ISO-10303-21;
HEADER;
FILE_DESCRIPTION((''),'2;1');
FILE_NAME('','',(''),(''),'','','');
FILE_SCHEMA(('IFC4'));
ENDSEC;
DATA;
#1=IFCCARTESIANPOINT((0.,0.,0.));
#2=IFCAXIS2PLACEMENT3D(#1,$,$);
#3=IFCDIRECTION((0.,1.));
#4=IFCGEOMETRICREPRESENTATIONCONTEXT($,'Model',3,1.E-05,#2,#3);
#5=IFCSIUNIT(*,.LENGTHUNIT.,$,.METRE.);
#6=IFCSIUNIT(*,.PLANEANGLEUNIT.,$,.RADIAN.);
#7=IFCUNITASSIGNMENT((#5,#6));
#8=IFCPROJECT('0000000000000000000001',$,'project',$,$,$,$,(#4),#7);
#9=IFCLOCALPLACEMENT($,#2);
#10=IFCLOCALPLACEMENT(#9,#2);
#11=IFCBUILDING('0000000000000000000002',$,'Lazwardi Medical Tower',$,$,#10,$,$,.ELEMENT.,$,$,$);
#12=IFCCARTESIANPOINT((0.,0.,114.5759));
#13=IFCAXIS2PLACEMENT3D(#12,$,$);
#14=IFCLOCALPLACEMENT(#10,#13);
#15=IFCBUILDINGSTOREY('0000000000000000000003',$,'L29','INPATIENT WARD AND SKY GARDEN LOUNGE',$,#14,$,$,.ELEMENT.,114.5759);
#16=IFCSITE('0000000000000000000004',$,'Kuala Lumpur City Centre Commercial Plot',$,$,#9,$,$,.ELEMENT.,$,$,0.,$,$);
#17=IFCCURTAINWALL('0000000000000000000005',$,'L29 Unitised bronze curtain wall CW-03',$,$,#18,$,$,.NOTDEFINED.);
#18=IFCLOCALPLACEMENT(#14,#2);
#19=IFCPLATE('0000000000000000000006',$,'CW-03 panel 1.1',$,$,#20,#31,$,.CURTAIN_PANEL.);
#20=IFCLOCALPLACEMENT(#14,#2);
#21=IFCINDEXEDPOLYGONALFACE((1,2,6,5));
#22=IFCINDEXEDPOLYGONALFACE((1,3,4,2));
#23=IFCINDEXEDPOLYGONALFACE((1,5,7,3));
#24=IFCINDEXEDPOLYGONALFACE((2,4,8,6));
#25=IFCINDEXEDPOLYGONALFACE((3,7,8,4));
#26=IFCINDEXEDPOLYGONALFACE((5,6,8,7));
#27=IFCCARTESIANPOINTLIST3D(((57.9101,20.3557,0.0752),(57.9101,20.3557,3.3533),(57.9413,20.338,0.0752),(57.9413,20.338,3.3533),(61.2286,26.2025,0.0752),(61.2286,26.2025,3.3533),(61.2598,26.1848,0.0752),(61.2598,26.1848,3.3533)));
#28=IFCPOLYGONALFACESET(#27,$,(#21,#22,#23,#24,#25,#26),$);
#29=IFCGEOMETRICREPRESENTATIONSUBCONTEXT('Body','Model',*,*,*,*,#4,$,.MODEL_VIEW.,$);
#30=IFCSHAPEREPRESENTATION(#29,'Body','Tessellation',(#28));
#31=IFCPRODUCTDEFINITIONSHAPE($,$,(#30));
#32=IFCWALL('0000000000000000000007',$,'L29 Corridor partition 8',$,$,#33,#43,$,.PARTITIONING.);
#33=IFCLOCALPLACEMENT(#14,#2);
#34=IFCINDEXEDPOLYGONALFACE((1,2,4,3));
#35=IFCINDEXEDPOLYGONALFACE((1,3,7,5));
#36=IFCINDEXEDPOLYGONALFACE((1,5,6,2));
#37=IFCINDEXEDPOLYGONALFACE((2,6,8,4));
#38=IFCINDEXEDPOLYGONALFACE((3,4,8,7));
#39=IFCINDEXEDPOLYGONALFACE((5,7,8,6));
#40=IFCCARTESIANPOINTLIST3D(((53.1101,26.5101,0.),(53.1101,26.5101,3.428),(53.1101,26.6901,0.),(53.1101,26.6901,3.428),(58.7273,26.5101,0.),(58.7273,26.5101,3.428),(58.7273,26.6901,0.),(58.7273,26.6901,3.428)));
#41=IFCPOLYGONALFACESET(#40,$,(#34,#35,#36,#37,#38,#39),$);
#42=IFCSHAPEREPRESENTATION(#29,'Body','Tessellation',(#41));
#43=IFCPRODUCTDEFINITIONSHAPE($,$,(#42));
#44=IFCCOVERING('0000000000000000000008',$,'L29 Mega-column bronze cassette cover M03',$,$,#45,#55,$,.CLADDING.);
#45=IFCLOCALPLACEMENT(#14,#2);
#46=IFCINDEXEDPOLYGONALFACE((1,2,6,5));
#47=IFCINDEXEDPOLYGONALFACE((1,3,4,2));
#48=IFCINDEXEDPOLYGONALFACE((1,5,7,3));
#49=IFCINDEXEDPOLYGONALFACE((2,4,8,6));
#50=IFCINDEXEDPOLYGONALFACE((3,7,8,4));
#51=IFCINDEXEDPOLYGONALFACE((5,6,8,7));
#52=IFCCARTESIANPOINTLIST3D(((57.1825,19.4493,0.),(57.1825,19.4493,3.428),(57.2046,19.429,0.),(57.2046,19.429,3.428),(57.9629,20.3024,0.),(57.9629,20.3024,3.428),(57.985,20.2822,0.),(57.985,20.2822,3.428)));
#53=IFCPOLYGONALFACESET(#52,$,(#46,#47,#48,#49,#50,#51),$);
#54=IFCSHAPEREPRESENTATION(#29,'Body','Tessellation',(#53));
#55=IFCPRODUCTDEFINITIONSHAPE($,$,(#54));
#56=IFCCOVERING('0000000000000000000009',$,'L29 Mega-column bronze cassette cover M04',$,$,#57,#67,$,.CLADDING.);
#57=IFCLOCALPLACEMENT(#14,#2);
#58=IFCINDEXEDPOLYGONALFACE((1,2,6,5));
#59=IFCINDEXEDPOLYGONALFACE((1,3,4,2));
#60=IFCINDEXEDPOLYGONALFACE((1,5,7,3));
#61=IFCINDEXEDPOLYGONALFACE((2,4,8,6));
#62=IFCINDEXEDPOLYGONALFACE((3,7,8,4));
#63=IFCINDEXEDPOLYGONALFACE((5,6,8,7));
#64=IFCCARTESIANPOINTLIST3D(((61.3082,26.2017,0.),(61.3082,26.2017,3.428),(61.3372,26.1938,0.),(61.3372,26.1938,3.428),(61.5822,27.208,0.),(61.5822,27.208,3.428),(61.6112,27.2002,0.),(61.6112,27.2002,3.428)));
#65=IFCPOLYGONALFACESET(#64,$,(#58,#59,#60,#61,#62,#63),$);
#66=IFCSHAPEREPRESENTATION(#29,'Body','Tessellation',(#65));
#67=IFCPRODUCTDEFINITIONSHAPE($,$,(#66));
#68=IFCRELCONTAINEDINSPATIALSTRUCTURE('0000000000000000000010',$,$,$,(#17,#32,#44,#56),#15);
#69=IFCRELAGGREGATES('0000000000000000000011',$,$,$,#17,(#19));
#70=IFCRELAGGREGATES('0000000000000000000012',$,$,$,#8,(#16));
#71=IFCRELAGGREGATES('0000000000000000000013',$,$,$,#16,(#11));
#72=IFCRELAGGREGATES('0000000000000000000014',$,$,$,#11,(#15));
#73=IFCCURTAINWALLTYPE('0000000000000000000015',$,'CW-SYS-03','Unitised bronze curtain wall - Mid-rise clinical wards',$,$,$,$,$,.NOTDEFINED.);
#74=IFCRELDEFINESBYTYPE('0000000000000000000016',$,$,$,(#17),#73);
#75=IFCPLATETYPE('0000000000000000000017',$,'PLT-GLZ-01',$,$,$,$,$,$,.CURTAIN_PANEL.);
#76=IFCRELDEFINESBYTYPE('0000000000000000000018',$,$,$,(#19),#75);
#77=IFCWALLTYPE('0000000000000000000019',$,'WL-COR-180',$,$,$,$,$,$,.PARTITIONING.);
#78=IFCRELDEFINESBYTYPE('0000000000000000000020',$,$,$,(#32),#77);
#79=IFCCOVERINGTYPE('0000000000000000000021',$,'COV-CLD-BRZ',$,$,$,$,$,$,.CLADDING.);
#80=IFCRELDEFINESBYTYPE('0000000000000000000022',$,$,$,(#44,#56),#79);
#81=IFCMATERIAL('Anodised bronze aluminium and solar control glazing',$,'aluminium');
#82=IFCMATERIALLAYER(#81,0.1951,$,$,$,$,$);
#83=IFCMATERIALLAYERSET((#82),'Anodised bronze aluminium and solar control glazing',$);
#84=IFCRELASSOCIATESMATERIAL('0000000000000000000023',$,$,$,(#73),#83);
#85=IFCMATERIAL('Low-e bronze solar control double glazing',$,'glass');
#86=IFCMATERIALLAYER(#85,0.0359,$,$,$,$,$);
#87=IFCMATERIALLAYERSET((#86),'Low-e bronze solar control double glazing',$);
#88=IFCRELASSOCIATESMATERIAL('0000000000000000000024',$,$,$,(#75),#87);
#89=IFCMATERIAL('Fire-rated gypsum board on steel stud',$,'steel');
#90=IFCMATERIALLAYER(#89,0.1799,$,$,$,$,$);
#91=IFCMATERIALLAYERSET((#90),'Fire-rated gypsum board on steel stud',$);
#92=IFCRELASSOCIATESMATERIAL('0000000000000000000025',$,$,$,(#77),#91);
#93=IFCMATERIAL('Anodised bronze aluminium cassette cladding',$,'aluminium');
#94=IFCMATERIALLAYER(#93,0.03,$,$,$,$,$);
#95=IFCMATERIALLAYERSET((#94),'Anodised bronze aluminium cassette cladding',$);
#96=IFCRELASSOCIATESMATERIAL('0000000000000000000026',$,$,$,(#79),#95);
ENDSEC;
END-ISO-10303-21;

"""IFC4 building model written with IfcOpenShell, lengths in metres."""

from ifc_helpers import new_model, si_unit, direction, frame, frame_2d, origin, origin_2d, place, context, subcontext, project, spatial, rectangle, extrude, material, layer, layer_set, type_object, element, aggregate, save


model = new_model("IFC4")

# Units and contexts
model_context = context("Model", 3, precision=1e-05, world=origin(), true_north=direction((0.0, 1.0)))
body_context = subcontext(model_context, "Body", "Model", "MODEL_VIEW")
ifc_project = project(units=[si_unit("LENGTHUNIT", "METRE"), si_unit("PLANEANGLEUNIT", "RADIAN")], contexts=[model_context])

# Site, building, storey
site_placement = place(None, origin())
site = spatial("IfcSite", under=ifc_project, at=site_placement, Name="Kuala Lumpur City Centre Commercial Plot", CompositionType="ELEMENT", RefElevation=0.0)
building_placement = place(site_placement, origin())
building = spatial("IfcBuilding", under=site, at=building_placement, Name="Lazwardi Medical Tower", CompositionType="ELEMENT")
storey_placement = place(building_placement, frame((0.0, 0.0, 114.5759)))
storey = spatial("IfcBuildingStorey", under=building, at=storey_placement, Name="L29", Description="INPATIENT WARD AND SKY GARDEN LOUNGE", CompositionType="ELEMENT", Elevation=114.5759)

# Shared definitions
ifc_material_1 = material(Name="Anodised bronze aluminium and solar control glazing", Category="aluminium")
ifc_layer_1 = layer(ifc_material_1, 0.1951)
ifc_layer_set_1 = layer_set([ifc_layer_1], Name="Anodised bronze aluminium and solar control glazing")
curtain_wall_type = type_object("IfcCurtainWallType", Name="CW-SYS-03", Description="Unitised bronze curtain wall - Mid-rise clinical wards", PredefinedType="NOTDEFINED", material=ifc_layer_set_1)

# Curtain wall
curtain_wall_1_placement = place(storey_placement, origin())
curtain_wall_1 = element("IfcCurtainWall", 1, at=curtain_wall_1_placement, inside=storey, type_object=curtain_wall_type, Name="L29 Unitised bronze curtain wall CW-03", PredefinedType="NOTDEFINED")

# Plate
ifc_material_2 = material(Name="Low-e bronze solar control double glazing", Category="glass")
ifc_layer_2 = layer(ifc_material_2, 0.0359)
ifc_layer_set_2 = layer_set([ifc_layer_2], Name="Low-e bronze solar control double glazing")
plate_type = type_object("IfcPlateType", Name="PLT-GLZ-01", PredefinedType="CURTAIN_PANEL", material=ifc_layer_set_2)
plate_1_placement = place(storey_placement, frame((59.585, 23.2703, 0.0752), z_axis=(0.0, 0.0, 1.0), x_axis=(0.493603, 0.869687, 0.0)))
plate_1 = element("IfcPlate", 2, at=plate_1_placement, type_object=plate_type, Name="CW-03 panel 1.1", PredefinedType="CURTAIN_PANEL", context=body_context, shape_type="SweptSolid", body=[
    extrude(rectangle(XDim=6.7229, YDim=0.0359, at=origin_2d()), origin(), (0.0, 0.0, 1.0), 3.2781),
])
aggregate(curtain_wall_1, [plate_1])

# Wall
ifc_material_3 = material(Name="Fire-rated gypsum board on steel stud", Category="steel")
ifc_layer_3 = layer(ifc_material_3, 0.1799)
ifc_layer_set_3 = layer_set([ifc_layer_3], Name="Fire-rated gypsum board on steel stud")
wall_type = type_object("IfcWallType", Name="WL-COR-180", PredefinedType="PARTITIONING", material=ifc_layer_set_3)
wall_placement = place(storey_placement, frame((58.7273, 26.6001, 0.0), z_axis=(0.0, 0.0, 1.0), x_axis=(-1.0, 0.0, 0.0)))
element("IfcWall", 3, at=wall_placement, inside=storey, type_object=wall_type, Name="L29 Corridor partition 8", PredefinedType="PARTITIONING", context=body_context, shape_type="SweptSolid", body=[
    extrude(rectangle(XDim=5.6172, YDim=0.1799, at=frame_2d((2.8086, 0.0))), origin(), (0.0, 0.0, 1.0), 3.428),
])

# Coverings
ifc_material_4 = material(Name="Anodised bronze aluminium cassette cladding", Category="aluminium")
ifc_layer_4 = layer(ifc_material_4, 0.03)
ifc_layer_set_4 = layer_set([ifc_layer_4], Name="Anodised bronze aluminium cassette cladding")
covering_type = type_object("IfcCoveringType", Name="COV-CLD-BRZ", PredefinedType="CLADDING", material=ifc_layer_set_4)
covering_1_placement = place(storey_placement, frame((57.5837, 19.8657, 0.0), z_axis=(0.0, 0.0, 1.0), x_axis=(0.674926, 0.737885, 0.0)))
element("IfcCovering", 4, at=covering_1_placement, inside=storey, type_object=covering_type, Name="L29 Mega-column bronze cassette cover M03", PredefinedType="CLADDING", context=body_context, shape_type="SweptSolid", body=[
    extrude(rectangle(XDim=1.1562, YDim=0.03, at=origin_2d()), origin(), (0.0, 0.0, 1.0), 3.428),
])
covering_2_placement = place(storey_placement, frame((61.4597, 26.7009, 0.0), z_axis=(0.0, 0.0, 1.0), x_axis=(0.262696, 0.964879, 0.0)))
element("IfcCovering", 5, at=covering_2_placement, inside=storey, type_object=covering_type, Name="L29 Mega-column bronze cassette cover M04", PredefinedType="CLADDING", context=body_context, shape_type="SweptSolid", body=[
    extrude(rectangle(XDim=1.043, YDim=0.03, at=origin_2d()), origin(), (0.0, 0.0, 1.0), 3.428),
])

save(model, "model.ifc")
